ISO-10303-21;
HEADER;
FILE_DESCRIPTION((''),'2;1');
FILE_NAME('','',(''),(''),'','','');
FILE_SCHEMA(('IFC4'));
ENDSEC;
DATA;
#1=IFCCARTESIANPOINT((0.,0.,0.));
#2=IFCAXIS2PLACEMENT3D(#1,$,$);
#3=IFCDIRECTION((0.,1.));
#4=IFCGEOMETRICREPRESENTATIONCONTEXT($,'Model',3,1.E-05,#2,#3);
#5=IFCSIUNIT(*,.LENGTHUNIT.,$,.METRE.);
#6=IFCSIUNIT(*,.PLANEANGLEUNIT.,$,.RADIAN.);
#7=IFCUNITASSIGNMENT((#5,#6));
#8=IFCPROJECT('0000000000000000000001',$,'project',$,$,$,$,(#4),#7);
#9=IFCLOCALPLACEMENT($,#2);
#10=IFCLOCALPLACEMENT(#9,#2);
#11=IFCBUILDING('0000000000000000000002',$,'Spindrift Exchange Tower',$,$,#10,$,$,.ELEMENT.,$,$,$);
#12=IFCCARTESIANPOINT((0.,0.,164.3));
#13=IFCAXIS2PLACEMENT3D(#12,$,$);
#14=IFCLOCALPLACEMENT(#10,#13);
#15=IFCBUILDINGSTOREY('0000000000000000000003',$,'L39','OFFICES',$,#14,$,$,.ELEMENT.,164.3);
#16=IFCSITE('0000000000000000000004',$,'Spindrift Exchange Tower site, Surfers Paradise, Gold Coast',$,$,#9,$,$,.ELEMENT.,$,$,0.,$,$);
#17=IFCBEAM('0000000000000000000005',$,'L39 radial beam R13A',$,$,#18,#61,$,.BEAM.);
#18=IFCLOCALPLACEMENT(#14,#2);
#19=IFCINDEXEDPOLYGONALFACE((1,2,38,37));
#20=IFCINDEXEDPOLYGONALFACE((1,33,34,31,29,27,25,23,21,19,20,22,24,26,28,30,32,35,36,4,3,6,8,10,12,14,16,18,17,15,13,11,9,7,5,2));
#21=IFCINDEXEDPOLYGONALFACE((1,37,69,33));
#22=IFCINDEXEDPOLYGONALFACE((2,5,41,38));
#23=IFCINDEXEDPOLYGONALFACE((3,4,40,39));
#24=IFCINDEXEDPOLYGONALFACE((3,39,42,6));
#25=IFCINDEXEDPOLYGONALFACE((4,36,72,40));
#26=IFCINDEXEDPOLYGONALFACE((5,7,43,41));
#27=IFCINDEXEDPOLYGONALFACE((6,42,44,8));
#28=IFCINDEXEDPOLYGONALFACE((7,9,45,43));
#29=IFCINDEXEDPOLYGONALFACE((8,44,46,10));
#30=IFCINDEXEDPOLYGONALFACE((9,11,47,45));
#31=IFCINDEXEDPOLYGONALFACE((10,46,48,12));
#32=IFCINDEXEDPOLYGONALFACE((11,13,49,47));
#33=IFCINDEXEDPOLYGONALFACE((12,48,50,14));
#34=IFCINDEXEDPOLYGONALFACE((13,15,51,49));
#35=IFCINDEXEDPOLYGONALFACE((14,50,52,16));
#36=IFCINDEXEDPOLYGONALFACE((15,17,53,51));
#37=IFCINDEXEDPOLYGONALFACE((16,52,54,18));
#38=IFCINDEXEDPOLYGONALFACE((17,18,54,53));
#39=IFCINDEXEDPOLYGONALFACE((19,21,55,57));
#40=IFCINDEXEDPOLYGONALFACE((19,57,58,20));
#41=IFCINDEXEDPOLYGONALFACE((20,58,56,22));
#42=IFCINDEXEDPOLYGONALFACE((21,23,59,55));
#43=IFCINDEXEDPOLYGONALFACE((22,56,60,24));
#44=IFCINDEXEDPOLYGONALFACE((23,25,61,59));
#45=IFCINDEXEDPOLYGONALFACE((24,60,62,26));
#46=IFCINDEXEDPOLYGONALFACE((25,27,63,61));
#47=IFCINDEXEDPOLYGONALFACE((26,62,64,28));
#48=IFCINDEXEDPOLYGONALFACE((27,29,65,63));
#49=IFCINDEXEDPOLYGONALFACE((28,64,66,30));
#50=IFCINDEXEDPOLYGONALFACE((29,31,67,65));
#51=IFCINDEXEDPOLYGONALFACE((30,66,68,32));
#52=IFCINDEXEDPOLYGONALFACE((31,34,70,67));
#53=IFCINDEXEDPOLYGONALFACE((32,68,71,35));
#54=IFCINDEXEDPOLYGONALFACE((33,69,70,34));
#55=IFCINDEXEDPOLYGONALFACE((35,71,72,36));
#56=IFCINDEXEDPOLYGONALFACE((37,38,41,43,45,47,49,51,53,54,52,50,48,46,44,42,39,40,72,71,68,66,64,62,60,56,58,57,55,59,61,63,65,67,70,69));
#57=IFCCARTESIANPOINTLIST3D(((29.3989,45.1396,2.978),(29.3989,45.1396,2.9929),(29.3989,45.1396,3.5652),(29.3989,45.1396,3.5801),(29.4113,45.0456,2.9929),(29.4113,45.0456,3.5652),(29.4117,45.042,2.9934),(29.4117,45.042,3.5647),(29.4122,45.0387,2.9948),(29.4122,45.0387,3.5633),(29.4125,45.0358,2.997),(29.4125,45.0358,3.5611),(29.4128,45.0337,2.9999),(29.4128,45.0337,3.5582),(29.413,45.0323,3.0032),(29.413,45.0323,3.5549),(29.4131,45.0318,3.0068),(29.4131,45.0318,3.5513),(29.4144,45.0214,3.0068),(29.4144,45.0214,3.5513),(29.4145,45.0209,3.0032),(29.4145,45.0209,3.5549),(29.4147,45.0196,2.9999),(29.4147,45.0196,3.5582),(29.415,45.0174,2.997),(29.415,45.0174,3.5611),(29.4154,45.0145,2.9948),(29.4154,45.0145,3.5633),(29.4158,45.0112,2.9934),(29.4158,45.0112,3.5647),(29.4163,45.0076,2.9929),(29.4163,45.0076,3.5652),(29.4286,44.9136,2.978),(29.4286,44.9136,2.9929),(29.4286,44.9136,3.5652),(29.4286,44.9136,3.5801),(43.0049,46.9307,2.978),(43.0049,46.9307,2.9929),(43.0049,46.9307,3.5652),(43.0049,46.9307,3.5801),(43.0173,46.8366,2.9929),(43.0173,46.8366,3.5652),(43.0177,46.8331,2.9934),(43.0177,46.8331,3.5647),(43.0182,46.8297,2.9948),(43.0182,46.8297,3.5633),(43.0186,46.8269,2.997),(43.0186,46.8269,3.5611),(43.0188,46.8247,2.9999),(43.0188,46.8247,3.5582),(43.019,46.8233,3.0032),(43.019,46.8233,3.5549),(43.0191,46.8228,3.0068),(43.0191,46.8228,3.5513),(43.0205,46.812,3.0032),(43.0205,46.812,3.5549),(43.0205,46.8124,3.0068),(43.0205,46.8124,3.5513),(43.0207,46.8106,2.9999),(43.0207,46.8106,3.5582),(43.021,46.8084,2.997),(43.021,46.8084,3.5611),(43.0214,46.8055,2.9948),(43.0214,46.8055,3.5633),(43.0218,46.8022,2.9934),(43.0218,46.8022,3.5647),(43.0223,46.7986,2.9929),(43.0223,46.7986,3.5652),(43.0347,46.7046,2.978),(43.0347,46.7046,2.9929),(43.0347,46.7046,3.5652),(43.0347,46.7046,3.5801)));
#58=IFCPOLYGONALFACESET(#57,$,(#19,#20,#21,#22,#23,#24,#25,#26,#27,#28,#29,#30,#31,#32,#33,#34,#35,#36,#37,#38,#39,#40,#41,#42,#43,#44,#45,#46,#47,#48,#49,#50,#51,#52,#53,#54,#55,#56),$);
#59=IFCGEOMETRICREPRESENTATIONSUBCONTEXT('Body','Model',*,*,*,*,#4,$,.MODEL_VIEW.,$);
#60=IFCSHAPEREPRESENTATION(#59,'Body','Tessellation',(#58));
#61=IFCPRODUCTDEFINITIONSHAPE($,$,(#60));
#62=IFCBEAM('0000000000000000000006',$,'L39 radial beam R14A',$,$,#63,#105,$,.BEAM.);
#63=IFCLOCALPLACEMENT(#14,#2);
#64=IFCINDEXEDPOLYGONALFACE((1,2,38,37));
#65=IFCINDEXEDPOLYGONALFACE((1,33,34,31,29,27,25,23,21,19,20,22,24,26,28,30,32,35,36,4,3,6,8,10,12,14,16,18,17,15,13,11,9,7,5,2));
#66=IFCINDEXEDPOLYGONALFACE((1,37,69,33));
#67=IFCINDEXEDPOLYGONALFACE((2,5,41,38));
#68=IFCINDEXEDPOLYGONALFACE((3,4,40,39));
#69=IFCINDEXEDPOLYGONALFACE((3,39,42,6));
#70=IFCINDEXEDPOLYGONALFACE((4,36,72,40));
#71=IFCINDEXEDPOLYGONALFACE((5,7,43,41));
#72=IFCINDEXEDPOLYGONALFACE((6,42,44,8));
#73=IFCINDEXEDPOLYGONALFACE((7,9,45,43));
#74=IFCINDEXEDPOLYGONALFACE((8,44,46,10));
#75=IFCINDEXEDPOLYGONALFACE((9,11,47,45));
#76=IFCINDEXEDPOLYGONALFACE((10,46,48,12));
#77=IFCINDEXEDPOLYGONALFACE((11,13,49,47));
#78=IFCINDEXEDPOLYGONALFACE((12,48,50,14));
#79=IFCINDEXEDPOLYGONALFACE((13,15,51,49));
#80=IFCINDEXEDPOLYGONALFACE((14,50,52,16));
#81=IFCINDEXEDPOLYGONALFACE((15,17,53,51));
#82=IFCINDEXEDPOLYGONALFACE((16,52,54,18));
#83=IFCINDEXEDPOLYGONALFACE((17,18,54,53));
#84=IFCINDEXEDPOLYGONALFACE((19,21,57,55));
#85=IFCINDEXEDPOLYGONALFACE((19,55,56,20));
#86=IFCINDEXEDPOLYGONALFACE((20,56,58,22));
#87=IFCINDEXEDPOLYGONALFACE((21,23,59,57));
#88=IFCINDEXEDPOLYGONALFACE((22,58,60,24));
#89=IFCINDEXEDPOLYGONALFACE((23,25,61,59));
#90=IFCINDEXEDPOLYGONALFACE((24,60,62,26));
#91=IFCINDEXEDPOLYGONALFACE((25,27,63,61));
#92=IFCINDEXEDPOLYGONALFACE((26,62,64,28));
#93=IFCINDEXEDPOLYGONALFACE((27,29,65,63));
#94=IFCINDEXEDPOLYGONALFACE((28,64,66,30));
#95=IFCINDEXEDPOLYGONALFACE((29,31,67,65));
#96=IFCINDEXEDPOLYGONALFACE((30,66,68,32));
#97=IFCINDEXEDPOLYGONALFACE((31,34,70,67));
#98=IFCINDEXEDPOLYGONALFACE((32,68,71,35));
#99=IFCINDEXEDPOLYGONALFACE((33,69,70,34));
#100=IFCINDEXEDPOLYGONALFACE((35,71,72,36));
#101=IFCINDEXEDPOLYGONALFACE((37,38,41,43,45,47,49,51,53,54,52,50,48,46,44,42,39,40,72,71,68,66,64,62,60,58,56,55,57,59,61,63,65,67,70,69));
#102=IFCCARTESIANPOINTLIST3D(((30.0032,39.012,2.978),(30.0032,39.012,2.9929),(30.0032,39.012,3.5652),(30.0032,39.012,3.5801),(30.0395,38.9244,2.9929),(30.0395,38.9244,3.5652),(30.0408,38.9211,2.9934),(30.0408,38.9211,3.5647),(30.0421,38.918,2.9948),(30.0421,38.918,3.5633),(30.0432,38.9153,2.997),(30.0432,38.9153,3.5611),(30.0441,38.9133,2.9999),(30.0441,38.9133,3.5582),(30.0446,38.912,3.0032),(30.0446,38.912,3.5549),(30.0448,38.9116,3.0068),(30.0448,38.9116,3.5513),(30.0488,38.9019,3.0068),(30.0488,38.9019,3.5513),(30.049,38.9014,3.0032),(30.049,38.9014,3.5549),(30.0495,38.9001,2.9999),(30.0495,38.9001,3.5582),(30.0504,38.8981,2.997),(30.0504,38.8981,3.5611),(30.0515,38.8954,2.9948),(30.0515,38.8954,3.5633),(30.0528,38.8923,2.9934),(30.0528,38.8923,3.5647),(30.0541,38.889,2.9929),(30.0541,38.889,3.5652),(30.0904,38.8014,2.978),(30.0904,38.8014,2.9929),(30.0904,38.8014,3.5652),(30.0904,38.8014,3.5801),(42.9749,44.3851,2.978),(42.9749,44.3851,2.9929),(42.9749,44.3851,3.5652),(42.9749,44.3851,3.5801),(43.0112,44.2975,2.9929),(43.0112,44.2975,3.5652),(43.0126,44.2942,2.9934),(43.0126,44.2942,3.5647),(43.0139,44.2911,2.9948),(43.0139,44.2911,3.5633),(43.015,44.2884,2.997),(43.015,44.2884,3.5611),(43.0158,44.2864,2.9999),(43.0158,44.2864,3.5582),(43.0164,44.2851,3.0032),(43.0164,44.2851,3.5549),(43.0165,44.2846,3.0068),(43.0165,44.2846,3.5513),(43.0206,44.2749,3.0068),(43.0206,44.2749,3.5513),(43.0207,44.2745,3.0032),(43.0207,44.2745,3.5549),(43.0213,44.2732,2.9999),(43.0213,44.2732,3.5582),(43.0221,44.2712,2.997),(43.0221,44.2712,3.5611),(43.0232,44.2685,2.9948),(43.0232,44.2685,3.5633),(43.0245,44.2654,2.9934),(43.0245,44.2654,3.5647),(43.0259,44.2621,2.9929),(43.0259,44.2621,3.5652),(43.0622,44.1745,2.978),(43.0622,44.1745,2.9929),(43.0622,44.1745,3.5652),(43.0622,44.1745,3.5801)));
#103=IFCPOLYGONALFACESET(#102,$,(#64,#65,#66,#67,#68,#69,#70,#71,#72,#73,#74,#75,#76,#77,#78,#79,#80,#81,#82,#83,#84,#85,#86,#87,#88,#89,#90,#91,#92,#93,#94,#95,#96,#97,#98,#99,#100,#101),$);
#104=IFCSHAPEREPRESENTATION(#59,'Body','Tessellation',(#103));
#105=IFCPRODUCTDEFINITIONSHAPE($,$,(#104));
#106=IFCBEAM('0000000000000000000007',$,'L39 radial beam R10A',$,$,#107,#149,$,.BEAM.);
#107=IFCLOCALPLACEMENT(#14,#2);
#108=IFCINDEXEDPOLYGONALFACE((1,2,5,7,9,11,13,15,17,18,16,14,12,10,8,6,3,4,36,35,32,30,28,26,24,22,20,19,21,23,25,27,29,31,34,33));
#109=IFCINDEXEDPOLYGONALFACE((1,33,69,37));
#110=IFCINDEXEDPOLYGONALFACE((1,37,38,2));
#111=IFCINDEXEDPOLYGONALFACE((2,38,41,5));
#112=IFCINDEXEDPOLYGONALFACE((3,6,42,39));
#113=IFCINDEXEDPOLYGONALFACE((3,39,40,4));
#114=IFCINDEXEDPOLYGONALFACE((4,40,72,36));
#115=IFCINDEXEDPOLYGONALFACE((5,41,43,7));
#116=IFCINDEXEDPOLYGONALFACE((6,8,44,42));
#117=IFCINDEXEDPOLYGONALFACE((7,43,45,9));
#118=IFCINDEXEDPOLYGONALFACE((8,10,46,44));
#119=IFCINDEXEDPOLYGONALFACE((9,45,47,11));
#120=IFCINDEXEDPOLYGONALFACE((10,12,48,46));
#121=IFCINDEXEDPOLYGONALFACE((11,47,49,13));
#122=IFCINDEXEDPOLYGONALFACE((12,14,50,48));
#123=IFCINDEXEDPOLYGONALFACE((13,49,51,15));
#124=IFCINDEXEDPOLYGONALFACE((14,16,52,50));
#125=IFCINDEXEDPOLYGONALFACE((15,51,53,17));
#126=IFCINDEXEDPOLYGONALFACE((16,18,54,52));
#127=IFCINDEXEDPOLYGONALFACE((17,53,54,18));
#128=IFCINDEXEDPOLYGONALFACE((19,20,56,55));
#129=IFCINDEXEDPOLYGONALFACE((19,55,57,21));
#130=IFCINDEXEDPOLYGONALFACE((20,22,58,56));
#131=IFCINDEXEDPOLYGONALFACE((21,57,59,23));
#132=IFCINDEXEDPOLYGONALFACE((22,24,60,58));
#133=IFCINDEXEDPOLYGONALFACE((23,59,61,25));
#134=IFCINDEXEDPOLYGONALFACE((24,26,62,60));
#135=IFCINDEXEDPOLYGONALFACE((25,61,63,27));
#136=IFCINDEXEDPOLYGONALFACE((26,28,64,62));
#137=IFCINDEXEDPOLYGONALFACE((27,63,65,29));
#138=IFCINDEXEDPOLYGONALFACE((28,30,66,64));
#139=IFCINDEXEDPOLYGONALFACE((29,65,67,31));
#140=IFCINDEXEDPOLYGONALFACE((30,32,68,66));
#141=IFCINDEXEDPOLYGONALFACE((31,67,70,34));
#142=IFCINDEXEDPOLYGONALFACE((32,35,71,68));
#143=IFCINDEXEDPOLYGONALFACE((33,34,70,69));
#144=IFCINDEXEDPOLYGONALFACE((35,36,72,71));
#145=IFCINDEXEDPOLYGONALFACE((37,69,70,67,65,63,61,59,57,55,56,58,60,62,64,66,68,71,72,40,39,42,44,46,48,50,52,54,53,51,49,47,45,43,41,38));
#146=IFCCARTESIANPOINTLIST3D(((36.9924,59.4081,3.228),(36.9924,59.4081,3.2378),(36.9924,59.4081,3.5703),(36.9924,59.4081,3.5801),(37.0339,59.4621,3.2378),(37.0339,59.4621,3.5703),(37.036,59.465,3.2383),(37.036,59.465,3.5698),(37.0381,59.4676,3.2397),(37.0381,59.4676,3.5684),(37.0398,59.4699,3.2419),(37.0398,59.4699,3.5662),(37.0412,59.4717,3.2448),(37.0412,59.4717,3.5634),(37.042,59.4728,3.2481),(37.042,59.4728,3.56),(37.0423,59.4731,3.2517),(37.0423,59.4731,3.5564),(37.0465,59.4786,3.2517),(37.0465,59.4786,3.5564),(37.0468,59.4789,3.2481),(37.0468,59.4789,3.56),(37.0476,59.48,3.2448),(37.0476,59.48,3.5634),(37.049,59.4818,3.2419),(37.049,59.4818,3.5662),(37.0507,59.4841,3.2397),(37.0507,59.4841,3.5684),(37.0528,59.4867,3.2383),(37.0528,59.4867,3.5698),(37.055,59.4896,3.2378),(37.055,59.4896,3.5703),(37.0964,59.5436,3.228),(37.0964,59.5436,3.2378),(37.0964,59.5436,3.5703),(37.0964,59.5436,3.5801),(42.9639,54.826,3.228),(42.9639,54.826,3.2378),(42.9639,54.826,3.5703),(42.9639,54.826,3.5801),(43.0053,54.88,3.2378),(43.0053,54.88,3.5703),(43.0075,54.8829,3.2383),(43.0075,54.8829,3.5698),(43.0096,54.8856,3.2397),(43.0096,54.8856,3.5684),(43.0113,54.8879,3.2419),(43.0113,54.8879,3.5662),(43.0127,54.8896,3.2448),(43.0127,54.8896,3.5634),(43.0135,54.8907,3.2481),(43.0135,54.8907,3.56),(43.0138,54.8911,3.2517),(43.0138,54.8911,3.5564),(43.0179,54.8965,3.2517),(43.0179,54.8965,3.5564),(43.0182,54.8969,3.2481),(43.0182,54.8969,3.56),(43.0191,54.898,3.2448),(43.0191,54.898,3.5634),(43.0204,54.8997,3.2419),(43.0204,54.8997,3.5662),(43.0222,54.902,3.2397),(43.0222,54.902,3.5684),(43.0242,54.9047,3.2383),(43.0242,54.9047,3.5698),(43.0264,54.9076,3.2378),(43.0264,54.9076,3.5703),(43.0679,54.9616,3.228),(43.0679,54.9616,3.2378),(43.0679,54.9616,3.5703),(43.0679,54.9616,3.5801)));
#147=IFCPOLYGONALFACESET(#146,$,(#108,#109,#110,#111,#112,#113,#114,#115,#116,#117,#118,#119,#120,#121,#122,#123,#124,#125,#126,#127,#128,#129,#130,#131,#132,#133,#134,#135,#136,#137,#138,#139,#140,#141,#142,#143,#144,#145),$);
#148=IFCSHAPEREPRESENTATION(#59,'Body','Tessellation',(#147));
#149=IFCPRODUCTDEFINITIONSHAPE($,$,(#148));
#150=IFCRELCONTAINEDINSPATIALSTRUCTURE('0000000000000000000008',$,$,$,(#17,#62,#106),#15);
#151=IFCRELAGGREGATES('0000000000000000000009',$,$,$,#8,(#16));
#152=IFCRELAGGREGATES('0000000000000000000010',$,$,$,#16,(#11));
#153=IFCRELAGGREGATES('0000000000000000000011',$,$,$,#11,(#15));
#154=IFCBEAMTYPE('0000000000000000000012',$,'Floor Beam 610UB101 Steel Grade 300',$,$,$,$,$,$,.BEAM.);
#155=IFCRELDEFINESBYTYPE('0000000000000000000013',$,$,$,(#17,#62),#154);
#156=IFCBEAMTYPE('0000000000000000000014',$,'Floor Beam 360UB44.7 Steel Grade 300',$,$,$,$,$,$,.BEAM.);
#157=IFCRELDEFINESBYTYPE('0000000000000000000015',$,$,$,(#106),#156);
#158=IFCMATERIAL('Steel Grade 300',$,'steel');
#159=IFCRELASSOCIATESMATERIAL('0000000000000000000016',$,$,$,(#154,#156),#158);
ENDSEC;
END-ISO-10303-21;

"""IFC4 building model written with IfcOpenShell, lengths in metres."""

from ifc_helpers import new_model, si_unit, direction, frame, origin, origin_2d, place, context, subcontext, project, spatial, i_section, extrude, source, transform, mapped, material, material_profile, profile_set, type_object, element, save


model = new_model("IFC4")

# Units and contexts
model_context = context("Model", 3, precision=1e-05, world=origin(), true_north=direction((0.0, 1.0)))
body_context = subcontext(model_context, "Body", "Model", "MODEL_VIEW")
ifc_project = project(units=[si_unit("LENGTHUNIT", "METRE"), si_unit("PLANEANGLEUNIT", "RADIAN")], contexts=[model_context])

# Site, building, storey
site_placement = place(None, origin())
site = spatial("IfcSite", under=ifc_project, at=site_placement, Name="Spindrift Exchange Tower site, Surfers Paradise, Gold Coast", CompositionType="ELEMENT", RefElevation=0.0)
building_placement = place(site_placement, origin())
building = spatial("IfcBuilding", under=site, at=building_placement, Name="Spindrift Exchange Tower", CompositionType="ELEMENT")
storey_placement = place(building_placement, frame((0.0, 0.0, 164.3)))
storey = spatial("IfcBuildingStorey", under=building, at=storey_placement, Name="L39", Description="OFFICES", CompositionType="ELEMENT", Elevation=164.3)

# Beams
ifc_material_1 = material(Name="Steel Grade 300", Category="steel")
ifc_material_profile_1 = material_profile(ifc_material_1, i_section(OverallWidth=0.228, OverallDepth=0.6021, WebThickness=0.0105, FlangeThickness=0.0149, FilletRadius=0.0139, at=origin_2d()), Name="610UB101")
ifc_profile_set_1 = profile_set([ifc_material_profile_1], Name="Steel Grade 300")
beam_type_1 = type_object("IfcBeamType", Name="Floor Beam 610UB101 Steel Grade 300", PredefinedType="BEAM", material=ifc_profile_set_1)
shared_shape_1 = source(origin(), body_context, "Body", "SweptSolid", [
    extrude(i_section(OverallWidth=0.228, OverallDepth=0.6021, WebThickness=0.0105, FlangeThickness=0.0149, FilletRadius=0.0139, at=origin_2d()), origin(), (0.0, 0.0, 1.0), 13.7234),
])
beam_1_placement = place(storey_placement, frame((43.0198, 46.8176, 3.2791), z_axis=(-0.991447, -0.130509, 0.0), x_axis=(0.130509, -0.991447, 0.0)))
element("IfcBeam", 1, at=beam_1_placement, inside=storey, type_object=beam_type_1, Name="L39 radial beam R13A", PredefinedType="BEAM", context=body_context, shape_type="MappedRepresentation", body=[
    mapped(shared_shape_1, transform((0.0, 0.0, 0.0), scale=1.0)),
])
shared_shape_2 = source(origin(), body_context, "Body", "SweptSolid", [
    extrude(i_section(OverallWidth=0.228, OverallDepth=0.6021, WebThickness=0.0105, FlangeThickness=0.0149, FilletRadius=0.0139, at=origin_2d()), origin(), (0.0, 0.0, 1.0), 14.0405),
])
beam_2_placement = place(storey_placement, frame((43.0186, 44.2798, 3.2791), z_axis=(-0.92388, -0.382684, 0.0), x_axis=(0.382684, -0.92388, 0.0)))
element("IfcBeam", 2, at=beam_2_placement, inside=storey, type_object=beam_type_1, Name="L39 radial beam R14A", PredefinedType="BEAM", context=body_context, shape_type="MappedRepresentation", body=[
    mapped(shared_shape_2, transform((0.0, 0.0, 0.0), scale=1.0)),
])
ifc_material_profile_2 = material_profile(ifc_material_1, i_section(OverallWidth=0.1709, OverallDepth=0.3521, WebThickness=0.0068, FlangeThickness=0.0098, FilletRadius=0.0139, at=origin_2d()), Name="360UB44.7")
ifc_profile_set_2 = profile_set([ifc_material_profile_2], Name="Steel Grade 300")
beam_type_2 = type_object("IfcBeamType", Name="Floor Beam 360UB44.7 Steel Grade 300", PredefinedType="BEAM", material=ifc_profile_set_2)
shared_shape_3 = source(origin(), body_context, "Body", "SweptSolid", [
    extrude(i_section(OverallWidth=0.1709, OverallDepth=0.3521, WebThickness=0.0068, FlangeThickness=0.0098, FilletRadius=0.0139, at=origin_2d()), origin(), (0.0, 0.0, 1.0), 7.5269),
])
beam_3_placement = place(storey_placement, frame((43.0159, 54.8938, 3.4041), z_axis=(-0.793354, 0.60876, 0.0), x_axis=(-0.60876, -0.793354, 0.0)))
element("IfcBeam", 3, at=beam_3_placement, inside=storey, type_object=beam_type_2, Name="L39 radial beam R10A", PredefinedType="BEAM", context=body_context, shape_type="MappedRepresentation", body=[
    mapped(shared_shape_3, transform((0.0, 0.0, 0.0), scale=1.0)),
])

save(model, "model.ifc")
